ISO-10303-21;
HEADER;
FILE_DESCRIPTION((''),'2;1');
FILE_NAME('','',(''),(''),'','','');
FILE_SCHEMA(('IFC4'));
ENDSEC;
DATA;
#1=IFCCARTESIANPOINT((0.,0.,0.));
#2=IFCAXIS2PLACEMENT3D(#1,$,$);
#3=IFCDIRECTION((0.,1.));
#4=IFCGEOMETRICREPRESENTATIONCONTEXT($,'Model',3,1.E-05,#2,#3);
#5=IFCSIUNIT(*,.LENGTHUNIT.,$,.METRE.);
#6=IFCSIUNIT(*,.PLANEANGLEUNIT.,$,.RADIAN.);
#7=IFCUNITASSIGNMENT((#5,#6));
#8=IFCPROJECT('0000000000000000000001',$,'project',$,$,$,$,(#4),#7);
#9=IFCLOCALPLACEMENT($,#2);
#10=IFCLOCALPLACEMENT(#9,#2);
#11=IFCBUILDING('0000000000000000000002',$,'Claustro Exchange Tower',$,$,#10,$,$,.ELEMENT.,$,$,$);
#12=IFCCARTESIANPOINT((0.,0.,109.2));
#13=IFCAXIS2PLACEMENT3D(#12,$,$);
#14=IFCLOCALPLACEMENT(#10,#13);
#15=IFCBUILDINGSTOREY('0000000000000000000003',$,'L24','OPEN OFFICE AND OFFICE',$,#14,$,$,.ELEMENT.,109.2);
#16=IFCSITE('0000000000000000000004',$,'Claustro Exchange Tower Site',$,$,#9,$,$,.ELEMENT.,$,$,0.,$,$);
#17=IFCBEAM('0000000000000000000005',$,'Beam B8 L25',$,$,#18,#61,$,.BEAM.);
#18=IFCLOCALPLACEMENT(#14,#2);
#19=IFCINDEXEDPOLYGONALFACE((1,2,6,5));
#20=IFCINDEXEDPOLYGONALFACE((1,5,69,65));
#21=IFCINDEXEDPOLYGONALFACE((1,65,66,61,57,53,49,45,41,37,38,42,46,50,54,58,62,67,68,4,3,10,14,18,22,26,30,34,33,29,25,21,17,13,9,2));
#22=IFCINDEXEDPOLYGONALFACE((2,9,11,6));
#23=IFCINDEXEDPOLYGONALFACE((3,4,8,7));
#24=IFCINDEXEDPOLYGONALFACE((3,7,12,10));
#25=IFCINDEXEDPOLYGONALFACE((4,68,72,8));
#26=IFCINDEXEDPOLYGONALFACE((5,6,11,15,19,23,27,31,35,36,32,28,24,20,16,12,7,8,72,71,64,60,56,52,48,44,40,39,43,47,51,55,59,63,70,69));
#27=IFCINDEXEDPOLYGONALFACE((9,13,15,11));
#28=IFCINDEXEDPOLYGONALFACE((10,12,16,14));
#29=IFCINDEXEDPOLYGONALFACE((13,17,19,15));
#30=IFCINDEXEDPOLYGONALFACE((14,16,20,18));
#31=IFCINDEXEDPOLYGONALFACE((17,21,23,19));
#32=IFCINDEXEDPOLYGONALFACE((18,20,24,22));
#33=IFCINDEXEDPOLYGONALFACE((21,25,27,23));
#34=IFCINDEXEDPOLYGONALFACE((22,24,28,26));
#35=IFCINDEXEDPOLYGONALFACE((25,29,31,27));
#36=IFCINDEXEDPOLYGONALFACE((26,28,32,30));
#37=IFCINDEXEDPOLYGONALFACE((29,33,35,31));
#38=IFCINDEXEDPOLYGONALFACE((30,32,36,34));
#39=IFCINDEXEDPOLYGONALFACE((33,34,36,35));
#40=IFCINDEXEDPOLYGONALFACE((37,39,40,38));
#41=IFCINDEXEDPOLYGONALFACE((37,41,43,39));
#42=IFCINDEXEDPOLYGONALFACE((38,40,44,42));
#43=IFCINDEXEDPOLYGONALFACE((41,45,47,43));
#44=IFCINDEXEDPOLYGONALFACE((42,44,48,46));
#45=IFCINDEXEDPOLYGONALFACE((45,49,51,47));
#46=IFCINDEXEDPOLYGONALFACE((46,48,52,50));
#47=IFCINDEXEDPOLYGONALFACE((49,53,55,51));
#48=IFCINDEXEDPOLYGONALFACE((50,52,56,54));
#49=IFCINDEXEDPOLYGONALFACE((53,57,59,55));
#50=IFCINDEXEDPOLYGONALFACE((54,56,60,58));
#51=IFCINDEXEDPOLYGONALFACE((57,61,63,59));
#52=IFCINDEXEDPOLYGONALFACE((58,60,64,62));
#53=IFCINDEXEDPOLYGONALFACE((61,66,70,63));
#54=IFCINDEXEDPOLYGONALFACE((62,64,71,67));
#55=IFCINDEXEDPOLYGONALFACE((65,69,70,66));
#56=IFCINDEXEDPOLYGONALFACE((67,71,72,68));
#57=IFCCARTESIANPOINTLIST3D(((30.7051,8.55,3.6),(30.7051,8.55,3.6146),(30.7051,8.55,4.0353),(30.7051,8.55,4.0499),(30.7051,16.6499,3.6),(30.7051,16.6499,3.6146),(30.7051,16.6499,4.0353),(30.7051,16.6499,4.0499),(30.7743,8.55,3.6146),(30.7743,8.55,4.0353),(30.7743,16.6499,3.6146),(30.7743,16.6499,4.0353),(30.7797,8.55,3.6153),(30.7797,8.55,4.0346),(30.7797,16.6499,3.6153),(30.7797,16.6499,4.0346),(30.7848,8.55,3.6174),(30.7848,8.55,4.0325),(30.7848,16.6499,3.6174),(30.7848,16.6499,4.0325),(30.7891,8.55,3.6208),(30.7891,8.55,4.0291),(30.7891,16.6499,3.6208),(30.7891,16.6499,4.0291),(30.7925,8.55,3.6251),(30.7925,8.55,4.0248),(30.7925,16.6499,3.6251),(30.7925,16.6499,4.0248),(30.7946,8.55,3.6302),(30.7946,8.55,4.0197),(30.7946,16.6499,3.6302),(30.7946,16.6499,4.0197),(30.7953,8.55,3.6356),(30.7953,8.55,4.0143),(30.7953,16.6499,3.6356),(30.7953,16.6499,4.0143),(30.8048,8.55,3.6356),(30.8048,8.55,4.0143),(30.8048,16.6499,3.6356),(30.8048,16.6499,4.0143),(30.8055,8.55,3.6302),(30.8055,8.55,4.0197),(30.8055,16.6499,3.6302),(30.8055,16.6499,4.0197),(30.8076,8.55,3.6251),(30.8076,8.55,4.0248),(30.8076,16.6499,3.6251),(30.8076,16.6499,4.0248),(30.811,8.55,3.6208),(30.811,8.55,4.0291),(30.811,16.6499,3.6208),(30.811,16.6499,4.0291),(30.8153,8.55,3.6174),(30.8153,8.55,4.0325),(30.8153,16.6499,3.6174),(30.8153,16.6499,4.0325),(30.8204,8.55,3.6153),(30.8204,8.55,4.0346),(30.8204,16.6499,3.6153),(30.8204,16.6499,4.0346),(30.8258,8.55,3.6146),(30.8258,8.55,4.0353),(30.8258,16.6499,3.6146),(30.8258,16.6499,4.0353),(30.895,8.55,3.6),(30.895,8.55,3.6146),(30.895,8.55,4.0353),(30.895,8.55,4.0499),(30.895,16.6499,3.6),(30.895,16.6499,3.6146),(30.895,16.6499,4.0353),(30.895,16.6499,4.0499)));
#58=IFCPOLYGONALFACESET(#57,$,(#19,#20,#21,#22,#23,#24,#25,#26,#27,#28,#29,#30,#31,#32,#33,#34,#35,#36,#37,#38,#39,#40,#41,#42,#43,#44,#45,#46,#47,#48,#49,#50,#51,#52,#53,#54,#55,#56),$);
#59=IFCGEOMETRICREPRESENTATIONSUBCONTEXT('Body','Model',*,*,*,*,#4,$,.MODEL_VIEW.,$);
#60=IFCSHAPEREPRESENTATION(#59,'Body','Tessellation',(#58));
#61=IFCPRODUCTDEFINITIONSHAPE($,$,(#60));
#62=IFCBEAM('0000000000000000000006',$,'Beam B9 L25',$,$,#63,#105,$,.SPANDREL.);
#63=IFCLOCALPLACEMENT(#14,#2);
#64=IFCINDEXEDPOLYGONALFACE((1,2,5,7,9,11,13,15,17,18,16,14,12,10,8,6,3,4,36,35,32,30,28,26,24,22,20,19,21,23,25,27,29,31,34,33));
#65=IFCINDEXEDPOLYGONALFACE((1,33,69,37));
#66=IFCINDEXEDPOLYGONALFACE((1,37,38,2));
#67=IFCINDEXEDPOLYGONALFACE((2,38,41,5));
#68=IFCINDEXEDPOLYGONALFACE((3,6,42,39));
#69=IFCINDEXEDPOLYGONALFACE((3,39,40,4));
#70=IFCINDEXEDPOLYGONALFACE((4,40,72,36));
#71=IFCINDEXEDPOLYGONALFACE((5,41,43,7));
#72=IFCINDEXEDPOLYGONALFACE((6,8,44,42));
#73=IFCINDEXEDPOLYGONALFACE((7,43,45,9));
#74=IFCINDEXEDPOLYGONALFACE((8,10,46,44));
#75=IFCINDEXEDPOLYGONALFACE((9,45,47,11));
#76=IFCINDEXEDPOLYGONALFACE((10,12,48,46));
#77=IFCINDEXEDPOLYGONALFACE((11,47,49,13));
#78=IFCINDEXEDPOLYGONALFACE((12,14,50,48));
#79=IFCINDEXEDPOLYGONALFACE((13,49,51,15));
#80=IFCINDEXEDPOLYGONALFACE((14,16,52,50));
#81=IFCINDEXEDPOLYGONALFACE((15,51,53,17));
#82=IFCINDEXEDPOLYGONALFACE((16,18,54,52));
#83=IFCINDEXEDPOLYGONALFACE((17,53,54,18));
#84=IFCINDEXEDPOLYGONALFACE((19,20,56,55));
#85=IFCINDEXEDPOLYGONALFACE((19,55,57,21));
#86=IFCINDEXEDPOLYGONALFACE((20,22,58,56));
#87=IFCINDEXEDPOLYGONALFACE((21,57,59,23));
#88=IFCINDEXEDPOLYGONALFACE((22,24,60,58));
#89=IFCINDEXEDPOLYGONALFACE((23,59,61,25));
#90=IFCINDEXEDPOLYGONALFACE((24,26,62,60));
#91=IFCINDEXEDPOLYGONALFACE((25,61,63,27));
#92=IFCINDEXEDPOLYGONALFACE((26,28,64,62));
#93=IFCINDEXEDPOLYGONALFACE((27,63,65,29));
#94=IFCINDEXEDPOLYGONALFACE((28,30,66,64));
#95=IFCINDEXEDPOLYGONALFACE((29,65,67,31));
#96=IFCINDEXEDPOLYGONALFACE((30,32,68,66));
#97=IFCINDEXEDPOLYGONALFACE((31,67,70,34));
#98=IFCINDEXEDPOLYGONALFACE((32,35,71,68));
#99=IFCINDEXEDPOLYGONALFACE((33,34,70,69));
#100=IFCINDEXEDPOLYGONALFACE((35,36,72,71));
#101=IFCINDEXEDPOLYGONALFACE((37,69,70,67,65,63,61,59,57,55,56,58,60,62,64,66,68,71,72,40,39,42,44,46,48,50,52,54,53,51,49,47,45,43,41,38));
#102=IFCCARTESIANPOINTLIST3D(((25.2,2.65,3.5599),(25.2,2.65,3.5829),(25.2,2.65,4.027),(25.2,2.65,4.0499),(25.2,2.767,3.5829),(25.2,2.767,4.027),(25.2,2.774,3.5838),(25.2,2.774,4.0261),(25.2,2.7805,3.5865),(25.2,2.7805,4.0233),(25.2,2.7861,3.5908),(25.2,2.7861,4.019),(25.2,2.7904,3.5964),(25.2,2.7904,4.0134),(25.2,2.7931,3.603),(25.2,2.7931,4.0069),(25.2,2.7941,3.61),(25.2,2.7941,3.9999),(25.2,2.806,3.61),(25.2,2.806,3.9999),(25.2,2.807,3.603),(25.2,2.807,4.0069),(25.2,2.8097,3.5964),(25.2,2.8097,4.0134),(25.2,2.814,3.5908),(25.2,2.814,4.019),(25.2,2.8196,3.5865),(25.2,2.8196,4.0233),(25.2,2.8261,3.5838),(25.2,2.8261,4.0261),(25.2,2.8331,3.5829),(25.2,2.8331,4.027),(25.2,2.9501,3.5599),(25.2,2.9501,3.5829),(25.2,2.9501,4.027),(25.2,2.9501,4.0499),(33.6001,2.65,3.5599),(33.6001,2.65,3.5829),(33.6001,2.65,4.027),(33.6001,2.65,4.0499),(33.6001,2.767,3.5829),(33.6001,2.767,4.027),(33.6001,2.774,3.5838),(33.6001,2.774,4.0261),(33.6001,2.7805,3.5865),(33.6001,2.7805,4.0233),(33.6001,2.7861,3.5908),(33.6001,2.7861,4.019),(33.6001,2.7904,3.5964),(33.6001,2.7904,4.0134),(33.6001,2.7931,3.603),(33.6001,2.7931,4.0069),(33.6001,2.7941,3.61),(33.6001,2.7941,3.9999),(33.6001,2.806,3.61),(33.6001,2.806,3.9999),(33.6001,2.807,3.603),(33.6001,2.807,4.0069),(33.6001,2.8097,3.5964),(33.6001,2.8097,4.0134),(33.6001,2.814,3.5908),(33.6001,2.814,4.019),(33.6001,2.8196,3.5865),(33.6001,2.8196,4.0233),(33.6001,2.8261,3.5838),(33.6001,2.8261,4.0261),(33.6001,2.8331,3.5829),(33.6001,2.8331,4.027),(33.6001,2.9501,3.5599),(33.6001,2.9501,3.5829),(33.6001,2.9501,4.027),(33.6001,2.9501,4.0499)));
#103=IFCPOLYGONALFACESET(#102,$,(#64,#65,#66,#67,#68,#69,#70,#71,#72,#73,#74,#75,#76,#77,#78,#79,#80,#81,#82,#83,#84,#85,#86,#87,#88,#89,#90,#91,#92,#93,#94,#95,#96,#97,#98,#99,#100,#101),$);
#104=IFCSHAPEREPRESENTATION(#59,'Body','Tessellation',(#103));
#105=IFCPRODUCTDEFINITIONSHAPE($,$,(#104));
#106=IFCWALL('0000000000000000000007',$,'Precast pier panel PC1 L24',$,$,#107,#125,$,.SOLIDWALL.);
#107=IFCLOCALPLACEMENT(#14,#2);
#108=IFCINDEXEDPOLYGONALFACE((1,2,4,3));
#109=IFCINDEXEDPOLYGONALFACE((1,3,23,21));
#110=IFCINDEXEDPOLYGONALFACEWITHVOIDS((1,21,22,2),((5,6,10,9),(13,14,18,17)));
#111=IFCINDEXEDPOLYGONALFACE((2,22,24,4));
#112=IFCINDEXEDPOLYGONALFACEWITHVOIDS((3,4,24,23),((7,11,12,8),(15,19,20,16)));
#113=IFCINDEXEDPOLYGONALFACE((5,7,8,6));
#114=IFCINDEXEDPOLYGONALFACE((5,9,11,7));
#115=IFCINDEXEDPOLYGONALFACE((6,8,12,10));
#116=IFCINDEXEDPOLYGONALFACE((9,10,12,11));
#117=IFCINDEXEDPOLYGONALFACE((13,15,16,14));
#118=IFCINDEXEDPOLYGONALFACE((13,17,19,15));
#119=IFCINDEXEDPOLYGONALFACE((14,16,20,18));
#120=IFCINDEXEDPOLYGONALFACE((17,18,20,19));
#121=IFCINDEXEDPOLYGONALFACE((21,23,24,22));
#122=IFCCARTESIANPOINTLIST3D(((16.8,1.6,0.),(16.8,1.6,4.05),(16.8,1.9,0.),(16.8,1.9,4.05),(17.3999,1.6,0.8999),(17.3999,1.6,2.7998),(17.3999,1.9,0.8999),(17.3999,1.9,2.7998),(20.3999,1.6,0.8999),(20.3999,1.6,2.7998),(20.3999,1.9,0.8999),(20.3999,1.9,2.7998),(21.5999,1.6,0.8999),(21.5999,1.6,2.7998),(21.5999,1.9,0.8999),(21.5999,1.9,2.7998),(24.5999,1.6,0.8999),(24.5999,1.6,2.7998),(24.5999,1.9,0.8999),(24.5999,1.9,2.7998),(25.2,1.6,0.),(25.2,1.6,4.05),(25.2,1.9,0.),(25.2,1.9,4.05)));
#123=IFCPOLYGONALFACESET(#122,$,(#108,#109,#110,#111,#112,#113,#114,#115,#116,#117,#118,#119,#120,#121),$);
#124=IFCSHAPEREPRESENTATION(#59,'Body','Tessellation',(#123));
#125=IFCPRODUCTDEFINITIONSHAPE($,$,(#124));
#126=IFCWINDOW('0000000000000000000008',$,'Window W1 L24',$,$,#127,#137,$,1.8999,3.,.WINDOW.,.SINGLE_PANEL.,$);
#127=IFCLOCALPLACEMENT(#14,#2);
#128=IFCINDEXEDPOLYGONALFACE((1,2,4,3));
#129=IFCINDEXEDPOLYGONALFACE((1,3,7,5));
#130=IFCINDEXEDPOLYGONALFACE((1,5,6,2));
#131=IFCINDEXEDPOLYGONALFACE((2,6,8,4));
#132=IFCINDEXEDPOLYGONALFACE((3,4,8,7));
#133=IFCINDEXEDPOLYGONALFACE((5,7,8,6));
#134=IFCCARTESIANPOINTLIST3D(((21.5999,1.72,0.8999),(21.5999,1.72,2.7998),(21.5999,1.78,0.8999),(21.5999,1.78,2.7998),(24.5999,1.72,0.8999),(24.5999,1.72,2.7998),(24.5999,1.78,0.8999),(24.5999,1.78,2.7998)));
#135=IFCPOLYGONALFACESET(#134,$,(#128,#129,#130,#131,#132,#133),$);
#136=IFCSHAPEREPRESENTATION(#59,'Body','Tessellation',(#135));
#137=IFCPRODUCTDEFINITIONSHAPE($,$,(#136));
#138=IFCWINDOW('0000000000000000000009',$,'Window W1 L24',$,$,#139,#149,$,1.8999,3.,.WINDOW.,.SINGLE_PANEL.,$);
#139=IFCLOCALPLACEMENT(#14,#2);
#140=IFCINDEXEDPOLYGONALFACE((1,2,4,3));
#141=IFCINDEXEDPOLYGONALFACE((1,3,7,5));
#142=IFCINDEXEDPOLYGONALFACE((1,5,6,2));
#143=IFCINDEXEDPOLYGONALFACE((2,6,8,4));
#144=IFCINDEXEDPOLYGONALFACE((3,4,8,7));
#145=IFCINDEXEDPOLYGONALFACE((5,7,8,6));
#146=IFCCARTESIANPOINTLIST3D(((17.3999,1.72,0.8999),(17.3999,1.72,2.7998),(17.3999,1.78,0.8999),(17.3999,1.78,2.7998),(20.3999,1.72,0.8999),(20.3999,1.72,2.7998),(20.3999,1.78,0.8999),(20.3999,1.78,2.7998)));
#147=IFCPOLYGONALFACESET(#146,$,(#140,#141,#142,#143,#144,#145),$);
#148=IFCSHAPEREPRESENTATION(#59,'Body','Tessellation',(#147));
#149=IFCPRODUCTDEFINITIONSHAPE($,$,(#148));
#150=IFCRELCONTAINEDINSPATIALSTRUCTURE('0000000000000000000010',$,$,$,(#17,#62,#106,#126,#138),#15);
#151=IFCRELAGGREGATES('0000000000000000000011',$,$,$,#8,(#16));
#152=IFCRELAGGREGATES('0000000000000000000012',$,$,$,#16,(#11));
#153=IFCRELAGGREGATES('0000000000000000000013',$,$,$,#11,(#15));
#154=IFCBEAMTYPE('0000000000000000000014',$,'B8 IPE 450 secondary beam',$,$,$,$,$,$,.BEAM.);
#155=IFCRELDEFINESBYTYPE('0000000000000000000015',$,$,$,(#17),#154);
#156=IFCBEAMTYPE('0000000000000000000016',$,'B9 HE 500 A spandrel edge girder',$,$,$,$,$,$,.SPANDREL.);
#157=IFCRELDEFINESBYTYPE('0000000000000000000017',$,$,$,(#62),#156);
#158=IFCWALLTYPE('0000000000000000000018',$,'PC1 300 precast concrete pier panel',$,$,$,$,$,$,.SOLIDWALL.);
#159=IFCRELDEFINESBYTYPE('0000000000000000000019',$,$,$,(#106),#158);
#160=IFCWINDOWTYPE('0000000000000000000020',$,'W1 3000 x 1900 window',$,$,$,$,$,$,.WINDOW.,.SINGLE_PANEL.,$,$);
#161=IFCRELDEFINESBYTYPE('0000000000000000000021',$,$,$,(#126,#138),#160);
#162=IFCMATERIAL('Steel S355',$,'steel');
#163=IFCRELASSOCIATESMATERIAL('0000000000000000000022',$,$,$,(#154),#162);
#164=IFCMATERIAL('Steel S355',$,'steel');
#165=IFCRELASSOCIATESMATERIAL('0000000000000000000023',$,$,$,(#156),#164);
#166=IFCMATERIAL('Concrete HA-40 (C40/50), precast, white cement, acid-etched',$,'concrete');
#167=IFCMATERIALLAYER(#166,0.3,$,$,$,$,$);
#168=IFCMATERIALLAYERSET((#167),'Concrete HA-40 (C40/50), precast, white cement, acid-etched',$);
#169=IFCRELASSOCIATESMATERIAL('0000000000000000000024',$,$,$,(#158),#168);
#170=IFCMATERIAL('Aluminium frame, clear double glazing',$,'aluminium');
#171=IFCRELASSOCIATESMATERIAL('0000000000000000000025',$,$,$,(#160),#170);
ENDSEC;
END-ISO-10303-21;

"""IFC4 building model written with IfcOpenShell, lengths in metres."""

from ifc_helpers import new_model, si_unit, direction, frame, frame_2d, origin, origin_2d, place, context, subcontext, project, spatial, rectangle, i_section, extrude, material, layer, layer_set, material_profile, profile_set, type_object, element, fill, save


model = new_model("IFC4")

# Units and contexts
model_context = context("Model", 3, precision=1e-05, world=origin(), true_north=direction((0.0, 1.0)))
body_context = subcontext(model_context, "Body", "Model", "MODEL_VIEW")
ifc_project = project(units=[si_unit("LENGTHUNIT", "METRE"), si_unit("PLANEANGLEUNIT", "RADIAN")], contexts=[model_context])

# Site, building, storey
site_placement = place(None, origin())
site = spatial("IfcSite", under=ifc_project, at=site_placement, Name="Claustro Exchange Tower Site", CompositionType="ELEMENT", RefElevation=0.0)
building_placement = place(site_placement, origin())
building = spatial("IfcBuilding", under=site, at=building_placement, Name="Claustro Exchange Tower", CompositionType="ELEMENT")
storey_placement = place(building_placement, frame((0.0, 0.0, 109.2)))
storey = spatial("IfcBuildingStorey", under=building, at=storey_placement, Name="L24", Description="OPEN OFFICE AND OFFICE", CompositionType="ELEMENT", Elevation=109.2)

# Beams
ifc_material_1 = material(Name="Steel S355", Category="steel")
ifc_material_profile_1 = material_profile(ifc_material_1, i_section(OverallWidth=0.1899, OverallDepth=0.45, WebThickness=0.0095, FlangeThickness=0.0146, FilletRadius=0.021, at=origin_2d()), Name="IPE 450")
ifc_profile_set_1 = profile_set([ifc_material_profile_1], Name="Steel S355")
beam_type_1 = type_object("IfcBeamType", Name="B8 IPE 450 secondary beam", PredefinedType="BEAM", material=ifc_profile_set_1)
for number, where, z_axis, x_axis, name in (
    (1, (30.8, 8.55, 3.825), (0.0, 1.0, 0.0), (-1.0, 0.0, 0.0), "Beam B8 L25"),
):
    element("IfcBeam", number, at=place(storey_placement, frame(where, z_axis=z_axis, x_axis=x_axis)), inside=storey, type_object=beam_type_1, Name=name, PredefinedType="BEAM", context=body_context, shape_type="SweptSolid", body=[
        extrude(i_section(OverallWidth=0.1899, OverallDepth=0.45, WebThickness=0.0095, FlangeThickness=0.0146, FilletRadius=0.021, at=origin_2d()), origin(), (0.0, 0.0, 1.0), 8.0999),
    ])
ifc_material_2 = material(Name="Steel S355", Category="steel")
ifc_material_profile_2 = material_profile(ifc_material_2, i_section(OverallWidth=0.3, OverallDepth=0.49, WebThickness=0.012, FlangeThickness=0.0229, FilletRadius=0.0271, at=origin_2d()), Name="HE 500 A")
ifc_profile_set_2 = profile_set([ifc_material_profile_2], Name="Steel S355")
beam_type_2 = type_object("IfcBeamType", Name="B9 HE 500 A spandrel edge girder", PredefinedType="SPANDREL", material=ifc_profile_set_2)
beam_1_placement = place(storey_placement, frame((25.2, 2.8, 3.8049), z_axis=(1.0, 0.0, 0.0), x_axis=(0.0, 1.0, 0.0)))
element("IfcBeam", 2, at=beam_1_placement, inside=storey, type_object=beam_type_2, Name="Beam B9 L25", PredefinedType="SPANDREL", context=body_context, shape_type="SweptSolid", body=[
    extrude(i_section(OverallWidth=0.3, OverallDepth=0.49, WebThickness=0.012, FlangeThickness=0.0229, FilletRadius=0.0271, at=origin_2d()), origin(), (0.0, 0.0, 1.0), 8.4001),
])

# Wall, openings, windows
ifc_material_3 = material(Name="Concrete HA-40 (C40/50), precast, white cement, acid-etched", Category="concrete")
ifc_layer_1 = layer(ifc_material_3, 0.3)
ifc_layer_set_1 = layer_set([ifc_layer_1], Name="Concrete HA-40 (C40/50), precast, white cement, acid-etched")
wall_type = type_object("IfcWallType", Name="PC1 300 precast concrete pier panel", PredefinedType="SOLIDWALL", material=ifc_layer_set_1)
wall_1_placement = place(storey_placement, frame((25.2, 1.75, 0.0), z_axis=(0.0, 0.0, 1.0), x_axis=(-1.0, 0.0, 0.0)))
wall_1 = element("IfcWall", 3, at=wall_1_placement, inside=storey, type_object=wall_type, Name="Precast pier panel PC1 L24", PredefinedType="SOLIDWALL", context=body_context, shape_type="SweptSolid", body=[
    extrude(rectangle(XDim=8.3999, YDim=0.3, at=frame_2d((4.2, 0.0))), origin(), (0.0, 0.0, 1.0), 4.05),
])
opening_1_placement = place(wall_1_placement, frame((0.6001, 0.0, 0.8999)))
opening_1 = element("IfcOpeningElement", 4, at=opening_1_placement, cuts=wall_1, PredefinedType="OPENING", context=body_context, shape_type="SweptSolid", body=[
    extrude(rectangle(XDim=3.0, YDim=1.8999, at=frame_2d((1.5, 0.95))), frame((0.0, 0.1599, 0.0), z_axis=(0.0, -1.0, 0.0), x_axis=(1.0, 0.0, 0.0)), (0.0, 0.0, 1.0), 0.3201),
])
opening_2_placement = place(wall_1_placement, frame((4.8, 0.0, 0.8999)))
opening_2 = element("IfcOpeningElement", 5, at=opening_2_placement, cuts=wall_1, PredefinedType="OPENING", context=body_context, shape_type="SweptSolid", body=[
    extrude(rectangle(XDim=3.0, YDim=1.8999, at=frame_2d((1.5, 0.95))), frame((0.0, 0.1599, 0.0), z_axis=(0.0, -1.0, 0.0), x_axis=(1.0, 0.0, 0.0)), (0.0, 0.0, 1.0), 0.3201),
])
ifc_material_4 = material(Name="Aluminium frame, clear double glazing", Category="aluminium")
window_type_1 = type_object("IfcWindowType", Name="W1 3000 x 1900 window", PartitioningType="SINGLE_PANEL", PredefinedType="WINDOW", material=ifc_material_4)
window_1_placement = place(opening_1_placement, origin())
window_1 = element("IfcWindow", 6, at=window_1_placement, inside=storey, type_object=window_type_1, Name="Window W1 L24", OverallHeight=1.8999, OverallWidth=3.0, PartitioningType="SINGLE_PANEL", PredefinedType="WINDOW", context=body_context, shape_type="SweptSolid", body=[
    extrude(rectangle(XDim=3.0, YDim=1.8999, at=frame_2d((1.5, 0.95))), frame((0.0, 0.03, 0.0), z_axis=(0.0, -1.0, 0.0), x_axis=(1.0, 0.0, 0.0)), (0.0, 0.0, 1.0), 0.0601),
])
fill(opening_1, window_1)
window_2_placement = place(opening_2_placement, origin())
window_2 = element("IfcWindow", 7, at=window_2_placement, inside=storey, type_object=window_type_1, Name="Window W1 L24", OverallHeight=1.8999, OverallWidth=3.0, PartitioningType="SINGLE_PANEL", PredefinedType="WINDOW", context=body_context, shape_type="SweptSolid", body=[
    extrude(rectangle(XDim=3.0, YDim=1.8999, at=frame_2d((1.5, 0.95))), frame((0.0, 0.03, 0.0), z_axis=(0.0, -1.0, 0.0), x_axis=(1.0, 0.0, 0.0)), (0.0, 0.0, 1.0), 0.0601),
])
fill(opening_2, window_2)

save(model, "model.ifc")
